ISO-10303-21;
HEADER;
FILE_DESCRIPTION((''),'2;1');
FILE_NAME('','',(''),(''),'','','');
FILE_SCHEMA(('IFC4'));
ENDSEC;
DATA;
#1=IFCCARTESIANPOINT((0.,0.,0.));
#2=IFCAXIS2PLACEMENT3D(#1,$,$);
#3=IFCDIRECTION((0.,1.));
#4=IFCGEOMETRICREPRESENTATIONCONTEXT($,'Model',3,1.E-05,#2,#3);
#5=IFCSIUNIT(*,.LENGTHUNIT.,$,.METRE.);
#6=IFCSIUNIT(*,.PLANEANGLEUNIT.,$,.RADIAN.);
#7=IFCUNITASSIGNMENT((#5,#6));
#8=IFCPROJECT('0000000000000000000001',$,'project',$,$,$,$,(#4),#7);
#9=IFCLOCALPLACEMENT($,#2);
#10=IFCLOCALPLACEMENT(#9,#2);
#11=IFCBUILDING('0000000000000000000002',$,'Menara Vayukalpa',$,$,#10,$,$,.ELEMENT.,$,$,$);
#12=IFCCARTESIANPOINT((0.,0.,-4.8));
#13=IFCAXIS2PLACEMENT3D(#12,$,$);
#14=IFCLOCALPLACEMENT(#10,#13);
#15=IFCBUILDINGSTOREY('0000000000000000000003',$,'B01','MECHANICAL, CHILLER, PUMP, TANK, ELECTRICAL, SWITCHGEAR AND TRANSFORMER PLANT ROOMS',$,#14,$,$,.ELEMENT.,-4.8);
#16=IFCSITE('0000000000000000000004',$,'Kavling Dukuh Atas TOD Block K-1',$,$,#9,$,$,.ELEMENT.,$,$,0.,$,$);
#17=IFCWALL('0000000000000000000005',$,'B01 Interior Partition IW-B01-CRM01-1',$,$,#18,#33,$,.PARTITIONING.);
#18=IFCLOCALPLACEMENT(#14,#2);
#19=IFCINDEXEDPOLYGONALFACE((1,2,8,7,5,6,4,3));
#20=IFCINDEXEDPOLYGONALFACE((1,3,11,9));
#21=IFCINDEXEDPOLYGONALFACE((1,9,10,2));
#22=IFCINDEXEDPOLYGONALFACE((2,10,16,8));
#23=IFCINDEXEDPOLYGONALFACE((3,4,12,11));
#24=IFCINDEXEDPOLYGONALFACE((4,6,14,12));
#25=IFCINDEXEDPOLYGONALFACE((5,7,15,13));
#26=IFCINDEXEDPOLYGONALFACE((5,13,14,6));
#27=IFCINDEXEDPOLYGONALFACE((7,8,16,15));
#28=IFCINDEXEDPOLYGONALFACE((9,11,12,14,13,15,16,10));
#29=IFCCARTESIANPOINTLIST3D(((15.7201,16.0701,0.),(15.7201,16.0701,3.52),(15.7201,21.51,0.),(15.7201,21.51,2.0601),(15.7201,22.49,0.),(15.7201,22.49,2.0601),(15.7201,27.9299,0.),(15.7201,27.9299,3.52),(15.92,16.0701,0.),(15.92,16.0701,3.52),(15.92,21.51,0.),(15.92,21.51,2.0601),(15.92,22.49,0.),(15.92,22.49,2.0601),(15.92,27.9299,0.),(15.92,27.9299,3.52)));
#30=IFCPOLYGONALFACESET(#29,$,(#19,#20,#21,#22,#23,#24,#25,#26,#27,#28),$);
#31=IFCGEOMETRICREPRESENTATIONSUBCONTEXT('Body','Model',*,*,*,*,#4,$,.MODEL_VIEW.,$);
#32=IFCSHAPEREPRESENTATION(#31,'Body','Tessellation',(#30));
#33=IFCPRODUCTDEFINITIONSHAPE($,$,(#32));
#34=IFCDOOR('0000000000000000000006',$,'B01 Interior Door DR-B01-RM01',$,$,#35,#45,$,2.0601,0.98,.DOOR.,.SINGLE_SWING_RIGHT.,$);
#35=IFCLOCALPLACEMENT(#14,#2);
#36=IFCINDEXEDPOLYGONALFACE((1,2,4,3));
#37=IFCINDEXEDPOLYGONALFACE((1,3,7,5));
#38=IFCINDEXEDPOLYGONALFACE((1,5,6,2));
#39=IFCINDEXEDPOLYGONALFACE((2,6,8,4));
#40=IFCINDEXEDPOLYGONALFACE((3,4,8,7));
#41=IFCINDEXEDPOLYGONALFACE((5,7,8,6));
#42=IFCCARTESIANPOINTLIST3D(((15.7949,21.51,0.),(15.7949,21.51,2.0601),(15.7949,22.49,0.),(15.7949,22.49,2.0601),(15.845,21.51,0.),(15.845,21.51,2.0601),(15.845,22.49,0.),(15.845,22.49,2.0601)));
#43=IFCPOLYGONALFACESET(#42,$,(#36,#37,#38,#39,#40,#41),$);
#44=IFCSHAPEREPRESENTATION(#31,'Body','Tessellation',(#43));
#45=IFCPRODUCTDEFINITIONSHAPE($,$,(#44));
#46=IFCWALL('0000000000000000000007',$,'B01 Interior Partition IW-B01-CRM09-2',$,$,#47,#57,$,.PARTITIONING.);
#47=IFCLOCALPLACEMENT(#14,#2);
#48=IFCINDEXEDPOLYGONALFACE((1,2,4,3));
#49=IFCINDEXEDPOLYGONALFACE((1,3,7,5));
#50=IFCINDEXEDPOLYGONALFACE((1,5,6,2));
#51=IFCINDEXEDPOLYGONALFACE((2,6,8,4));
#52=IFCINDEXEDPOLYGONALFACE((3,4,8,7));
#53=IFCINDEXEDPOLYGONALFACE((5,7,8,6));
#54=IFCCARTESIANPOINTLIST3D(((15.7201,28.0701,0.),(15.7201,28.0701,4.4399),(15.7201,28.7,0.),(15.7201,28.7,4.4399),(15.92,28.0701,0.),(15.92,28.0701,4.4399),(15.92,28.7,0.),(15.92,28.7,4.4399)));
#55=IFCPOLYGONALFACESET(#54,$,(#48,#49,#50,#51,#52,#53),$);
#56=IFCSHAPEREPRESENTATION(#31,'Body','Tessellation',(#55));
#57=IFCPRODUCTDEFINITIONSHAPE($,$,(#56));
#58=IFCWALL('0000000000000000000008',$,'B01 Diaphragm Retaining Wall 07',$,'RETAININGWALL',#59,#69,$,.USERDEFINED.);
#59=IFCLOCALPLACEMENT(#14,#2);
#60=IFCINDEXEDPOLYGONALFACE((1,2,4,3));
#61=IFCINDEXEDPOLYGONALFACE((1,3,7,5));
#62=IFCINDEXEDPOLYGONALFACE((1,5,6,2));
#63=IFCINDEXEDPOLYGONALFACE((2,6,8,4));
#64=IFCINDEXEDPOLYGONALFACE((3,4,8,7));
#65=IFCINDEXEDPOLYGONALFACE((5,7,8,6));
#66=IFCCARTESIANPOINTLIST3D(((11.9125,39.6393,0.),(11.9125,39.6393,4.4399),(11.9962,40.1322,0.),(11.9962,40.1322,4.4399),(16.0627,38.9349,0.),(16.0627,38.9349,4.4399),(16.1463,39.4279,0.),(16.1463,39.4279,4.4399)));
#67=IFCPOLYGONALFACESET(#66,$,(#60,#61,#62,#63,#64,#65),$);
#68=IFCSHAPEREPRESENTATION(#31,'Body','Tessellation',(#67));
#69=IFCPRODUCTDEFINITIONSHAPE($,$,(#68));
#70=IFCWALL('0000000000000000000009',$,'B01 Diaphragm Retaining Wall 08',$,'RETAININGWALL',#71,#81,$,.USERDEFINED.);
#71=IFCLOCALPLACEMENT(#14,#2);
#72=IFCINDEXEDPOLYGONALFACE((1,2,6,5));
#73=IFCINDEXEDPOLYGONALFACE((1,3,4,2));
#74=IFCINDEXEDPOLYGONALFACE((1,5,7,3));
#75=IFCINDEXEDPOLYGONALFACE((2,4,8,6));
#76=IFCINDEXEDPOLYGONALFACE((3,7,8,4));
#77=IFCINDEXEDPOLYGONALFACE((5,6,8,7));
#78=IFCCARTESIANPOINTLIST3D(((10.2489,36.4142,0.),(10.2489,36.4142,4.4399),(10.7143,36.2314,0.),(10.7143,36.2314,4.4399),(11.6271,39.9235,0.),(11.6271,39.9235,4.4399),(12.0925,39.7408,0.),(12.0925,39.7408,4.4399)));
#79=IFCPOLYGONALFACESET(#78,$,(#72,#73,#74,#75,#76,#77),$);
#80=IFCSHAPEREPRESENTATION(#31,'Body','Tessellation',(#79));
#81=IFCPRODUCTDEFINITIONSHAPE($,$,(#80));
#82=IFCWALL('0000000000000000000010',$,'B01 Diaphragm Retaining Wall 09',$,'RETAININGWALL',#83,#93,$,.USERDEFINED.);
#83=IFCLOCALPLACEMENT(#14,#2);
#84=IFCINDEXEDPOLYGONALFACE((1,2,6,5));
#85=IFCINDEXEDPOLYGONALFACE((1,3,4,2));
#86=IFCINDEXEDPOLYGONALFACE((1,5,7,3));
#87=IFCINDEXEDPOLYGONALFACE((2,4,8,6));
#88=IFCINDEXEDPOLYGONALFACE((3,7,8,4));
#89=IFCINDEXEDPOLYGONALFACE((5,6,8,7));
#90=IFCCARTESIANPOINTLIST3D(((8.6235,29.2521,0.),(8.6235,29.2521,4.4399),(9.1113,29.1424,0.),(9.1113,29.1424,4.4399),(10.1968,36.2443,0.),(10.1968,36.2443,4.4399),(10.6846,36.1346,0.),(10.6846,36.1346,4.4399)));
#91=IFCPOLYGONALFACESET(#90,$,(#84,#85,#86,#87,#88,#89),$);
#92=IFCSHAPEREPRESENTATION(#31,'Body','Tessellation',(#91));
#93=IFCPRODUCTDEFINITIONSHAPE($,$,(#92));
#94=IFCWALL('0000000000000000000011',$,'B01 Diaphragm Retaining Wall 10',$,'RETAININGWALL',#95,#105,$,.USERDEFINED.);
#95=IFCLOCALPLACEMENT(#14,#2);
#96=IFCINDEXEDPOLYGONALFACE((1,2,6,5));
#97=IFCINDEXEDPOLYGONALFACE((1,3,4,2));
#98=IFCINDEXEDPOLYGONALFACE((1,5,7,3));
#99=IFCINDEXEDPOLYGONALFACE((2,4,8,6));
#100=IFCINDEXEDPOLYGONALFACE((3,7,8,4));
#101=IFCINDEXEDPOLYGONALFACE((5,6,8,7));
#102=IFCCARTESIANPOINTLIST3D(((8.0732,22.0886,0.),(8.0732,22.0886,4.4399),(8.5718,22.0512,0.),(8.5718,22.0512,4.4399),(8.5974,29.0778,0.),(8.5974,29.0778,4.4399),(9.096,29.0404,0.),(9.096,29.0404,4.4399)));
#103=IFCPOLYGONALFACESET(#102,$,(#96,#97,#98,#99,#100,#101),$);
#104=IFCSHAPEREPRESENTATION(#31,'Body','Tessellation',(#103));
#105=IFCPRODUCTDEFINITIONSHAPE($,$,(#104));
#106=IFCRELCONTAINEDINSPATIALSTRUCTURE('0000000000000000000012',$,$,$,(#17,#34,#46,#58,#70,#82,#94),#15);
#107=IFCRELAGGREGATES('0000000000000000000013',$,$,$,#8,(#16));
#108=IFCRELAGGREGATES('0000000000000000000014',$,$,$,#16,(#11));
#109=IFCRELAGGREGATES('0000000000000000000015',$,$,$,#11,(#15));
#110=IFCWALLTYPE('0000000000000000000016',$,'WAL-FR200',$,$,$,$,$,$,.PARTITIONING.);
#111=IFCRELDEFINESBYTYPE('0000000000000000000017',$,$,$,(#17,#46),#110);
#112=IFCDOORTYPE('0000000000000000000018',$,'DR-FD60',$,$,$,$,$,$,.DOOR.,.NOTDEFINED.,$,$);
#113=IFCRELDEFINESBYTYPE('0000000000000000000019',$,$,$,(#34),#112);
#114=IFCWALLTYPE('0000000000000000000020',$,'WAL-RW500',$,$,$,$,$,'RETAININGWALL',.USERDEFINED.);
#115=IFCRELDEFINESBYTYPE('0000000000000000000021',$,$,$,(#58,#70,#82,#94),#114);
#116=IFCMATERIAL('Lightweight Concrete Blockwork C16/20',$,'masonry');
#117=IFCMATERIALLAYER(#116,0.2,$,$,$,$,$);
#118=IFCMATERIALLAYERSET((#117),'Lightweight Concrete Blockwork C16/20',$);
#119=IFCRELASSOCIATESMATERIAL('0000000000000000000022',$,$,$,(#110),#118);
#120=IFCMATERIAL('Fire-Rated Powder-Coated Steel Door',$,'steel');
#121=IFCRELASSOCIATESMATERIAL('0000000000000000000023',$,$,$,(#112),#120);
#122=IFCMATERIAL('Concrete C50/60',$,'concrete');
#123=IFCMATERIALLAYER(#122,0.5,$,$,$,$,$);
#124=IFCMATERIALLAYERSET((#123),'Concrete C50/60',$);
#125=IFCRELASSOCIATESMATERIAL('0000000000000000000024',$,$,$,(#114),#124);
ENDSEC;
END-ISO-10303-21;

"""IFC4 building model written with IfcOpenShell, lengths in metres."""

from ifc_helpers import new_model, si_unit, direction, frame, frame_2d, origin, place, context, subcontext, project, spatial, rectangle, extrude, material, layer, layer_set, type_object, element, fill, save


model = new_model("IFC4")

# Units and contexts
model_context = context("Model", 3, precision=1e-05, world=origin(), true_north=direction((0.0, 1.0)))
body_context = subcontext(model_context, "Body", "Model", "MODEL_VIEW")
ifc_project = project(units=[si_unit("LENGTHUNIT", "METRE"), si_unit("PLANEANGLEUNIT", "RADIAN")], contexts=[model_context])

# Site, building, storey
site_placement = place(None, origin())
site = spatial("IfcSite", under=ifc_project, at=site_placement, Name="Kavling Dukuh Atas TOD Block K-1", CompositionType="ELEMENT", RefElevation=0.0)
building_placement = place(site_placement, origin())
building = spatial("IfcBuilding", under=site, at=building_placement, Name="Menara Vayukalpa", CompositionType="ELEMENT")
storey_placement = place(building_placement, frame((0.0, 0.0, -4.8)))
storey = spatial("IfcBuildingStorey", under=building, at=storey_placement, Name="B01", Description="MECHANICAL, CHILLER, PUMP, TANK, ELECTRICAL, SWITCHGEAR AND TRANSFORMER PLANT ROOMS", CompositionType="ELEMENT", Elevation=-4.8)

# Wall, opening, door
ifc_material_1 = material(Name="Lightweight Concrete Blockwork C16/20", Category="masonry")
ifc_layer_1 = layer(ifc_material_1, 0.2)
ifc_layer_set_1 = layer_set([ifc_layer_1], Name="Lightweight Concrete Blockwork C16/20")
wall_type_1 = type_object("IfcWallType", Name="WAL-FR200", PredefinedType="PARTITIONING", material=ifc_layer_set_1)
wall_1_placement = place(storey_placement, frame((15.8201, 27.9299, 0.0), z_axis=(0.0, 0.0, 1.0), x_axis=(0.0, -1.0, 0.0)))
wall_1 = element("IfcWall", 1, at=wall_1_placement, inside=storey, type_object=wall_type_1, Name="B01 Interior Partition IW-B01-CRM01-1", PredefinedType="PARTITIONING", context=body_context, shape_type="SweptSolid", body=[
    extrude(rectangle(XDim=11.8599, YDim=0.2, at=frame_2d((5.9299, 0.0))), origin(), (0.0, 0.0, 1.0), 3.52),
])
opening_placement = place(wall_1_placement, frame((5.4399, 0.0, 0.0)))
opening = element("IfcOpeningElement", 2, at=opening_placement, cuts=wall_1, PredefinedType="OPENING", context=body_context, shape_type="SweptSolid", body=[
    extrude(rectangle(XDim=0.98, YDim=2.0601, at=frame_2d((0.49, 1.03))), frame((0.0, 0.1099, 0.0), z_axis=(0.0, -1.0, 0.0), x_axis=(1.0, 0.0, 0.0)), (0.0, 0.0, 1.0), 0.22),
])
ifc_material_2 = material(Name="Fire-Rated Powder-Coated Steel Door", Category="steel")
door_type = type_object("IfcDoorType", Name="DR-FD60", OperationType="NOTDEFINED", PredefinedType="DOOR", material=ifc_material_2)
door_placement = place(opening_placement, origin())
door = element("IfcDoor", 3, at=door_placement, inside=storey, type_object=door_type, Name="B01 Interior Door DR-B01-RM01", OperationType="SINGLE_SWING_RIGHT", OverallHeight=2.0601, OverallWidth=0.98, PredefinedType="DOOR", context=body_context, shape_type="SweptSolid", body=[
    extrude(rectangle(XDim=0.98, YDim=2.0601, at=frame_2d((0.49, 1.03))), frame((0.0, 0.0249, 0.0), z_axis=(0.0, -1.0, 0.0), x_axis=(1.0, 0.0, 0.0)), (0.0, 0.0, 1.0), 0.05),
])
fill(opening, door)

# Walls
wall_2_placement = place(storey_placement, frame((15.8201, 28.7, 0.0), z_axis=(0.0, 0.0, 1.0), x_axis=(0.0, -1.0, 0.0)))
element("IfcWall", 4, at=wall_2_placement, inside=storey, type_object=wall_type_1, Name="B01 Interior Partition IW-B01-CRM09-2", PredefinedType="PARTITIONING", context=body_context, shape_type="SweptSolid", body=[
    extrude(rectangle(XDim=0.6299, YDim=0.2, at=frame_2d((0.3149, 0.0))), origin(), (0.0, 0.0, 1.0), 4.4399),
])
ifc_material_3 = material(Name="Concrete C50/60", Category="concrete")
ifc_layer_2 = layer(ifc_material_3, 0.5)
ifc_layer_set_2 = layer_set([ifc_layer_2], Name="Concrete C50/60")
wall_type_2 = type_object("IfcWallType", Name="WAL-RW500", ElementType="RETAININGWALL", PredefinedType="USERDEFINED", material=ifc_layer_set_2)
wall_3_placement = place(storey_placement, frame((16.1045, 39.1814, 0.0), z_axis=(0.0, 0.0, 1.0), x_axis=(-0.985902, 0.167323, 0.0)))
element("IfcWall", 5, at=wall_3_placement, inside=storey, type_object=wall_type_2, Name="B01 Diaphragm Retaining Wall 07", ObjectType="RETAININGWALL", PredefinedType="USERDEFINED", context=body_context, shape_type="SweptSolid", body=[
    extrude(rectangle(XDim=4.2095, YDim=0.5, at=frame_2d((2.1047, 0.0))), origin(), (0.0, 0.0, 1.0), 4.4399),
])
wall_4_placement = place(storey_placement, frame((11.8599, 39.8323, 0.0), z_axis=(0.0, 0.0, 1.0), x_axis=(-0.365544, -0.930794, 0.0)))
element("IfcWall", 6, at=wall_4_placement, inside=storey, type_object=wall_type_2, Name="B01 Diaphragm Retaining Wall 08", ObjectType="RETAININGWALL", PredefinedType="USERDEFINED", context=body_context, shape_type="SweptSolid", body=[
    extrude(rectangle(XDim=3.7703, YDim=0.5, at=frame_2d((1.8853, 0.0))), origin(), (0.0, 0.0, 1.0), 4.4399),
])
wall_5_placement = place(storey_placement, frame((10.4407, 36.1895, 0.0), z_axis=(0.0, 0.0, 1.0), x_axis=(-0.219512, -0.97561, 0.0)))
element("IfcWall", 7, at=wall_5_placement, inside=storey, type_object=wall_type_2, Name="B01 Diaphragm Retaining Wall 09", ObjectType="RETAININGWALL", PredefinedType="USERDEFINED", context=body_context, shape_type="SweptSolid", body=[
    extrude(rectangle(XDim=7.167, YDim=0.5, at=frame_2d((3.5835, 0.0))), origin(), (0.0, 0.0, 1.0), 4.4399),
])
wall_6_placement = place(storey_placement, frame((8.8467, 29.0591, 0.0), z_axis=(0.0, 0.0, 1.0), x_axis=(-0.074786, -0.9972, 0.0)))
element("IfcWall", 8, at=wall_6_placement, inside=storey, type_object=wall_type_2, Name="B01 Diaphragm Retaining Wall 10", ObjectType="RETAININGWALL", PredefinedType="USERDEFINED", context=body_context, shape_type="SweptSolid", body=[
    extrude(rectangle(XDim=7.0088, YDim=0.5, at=frame_2d((3.5044, 0.0))), origin(), (0.0, 0.0, 1.0), 4.4399),
])

save(model, "model.ifc")
